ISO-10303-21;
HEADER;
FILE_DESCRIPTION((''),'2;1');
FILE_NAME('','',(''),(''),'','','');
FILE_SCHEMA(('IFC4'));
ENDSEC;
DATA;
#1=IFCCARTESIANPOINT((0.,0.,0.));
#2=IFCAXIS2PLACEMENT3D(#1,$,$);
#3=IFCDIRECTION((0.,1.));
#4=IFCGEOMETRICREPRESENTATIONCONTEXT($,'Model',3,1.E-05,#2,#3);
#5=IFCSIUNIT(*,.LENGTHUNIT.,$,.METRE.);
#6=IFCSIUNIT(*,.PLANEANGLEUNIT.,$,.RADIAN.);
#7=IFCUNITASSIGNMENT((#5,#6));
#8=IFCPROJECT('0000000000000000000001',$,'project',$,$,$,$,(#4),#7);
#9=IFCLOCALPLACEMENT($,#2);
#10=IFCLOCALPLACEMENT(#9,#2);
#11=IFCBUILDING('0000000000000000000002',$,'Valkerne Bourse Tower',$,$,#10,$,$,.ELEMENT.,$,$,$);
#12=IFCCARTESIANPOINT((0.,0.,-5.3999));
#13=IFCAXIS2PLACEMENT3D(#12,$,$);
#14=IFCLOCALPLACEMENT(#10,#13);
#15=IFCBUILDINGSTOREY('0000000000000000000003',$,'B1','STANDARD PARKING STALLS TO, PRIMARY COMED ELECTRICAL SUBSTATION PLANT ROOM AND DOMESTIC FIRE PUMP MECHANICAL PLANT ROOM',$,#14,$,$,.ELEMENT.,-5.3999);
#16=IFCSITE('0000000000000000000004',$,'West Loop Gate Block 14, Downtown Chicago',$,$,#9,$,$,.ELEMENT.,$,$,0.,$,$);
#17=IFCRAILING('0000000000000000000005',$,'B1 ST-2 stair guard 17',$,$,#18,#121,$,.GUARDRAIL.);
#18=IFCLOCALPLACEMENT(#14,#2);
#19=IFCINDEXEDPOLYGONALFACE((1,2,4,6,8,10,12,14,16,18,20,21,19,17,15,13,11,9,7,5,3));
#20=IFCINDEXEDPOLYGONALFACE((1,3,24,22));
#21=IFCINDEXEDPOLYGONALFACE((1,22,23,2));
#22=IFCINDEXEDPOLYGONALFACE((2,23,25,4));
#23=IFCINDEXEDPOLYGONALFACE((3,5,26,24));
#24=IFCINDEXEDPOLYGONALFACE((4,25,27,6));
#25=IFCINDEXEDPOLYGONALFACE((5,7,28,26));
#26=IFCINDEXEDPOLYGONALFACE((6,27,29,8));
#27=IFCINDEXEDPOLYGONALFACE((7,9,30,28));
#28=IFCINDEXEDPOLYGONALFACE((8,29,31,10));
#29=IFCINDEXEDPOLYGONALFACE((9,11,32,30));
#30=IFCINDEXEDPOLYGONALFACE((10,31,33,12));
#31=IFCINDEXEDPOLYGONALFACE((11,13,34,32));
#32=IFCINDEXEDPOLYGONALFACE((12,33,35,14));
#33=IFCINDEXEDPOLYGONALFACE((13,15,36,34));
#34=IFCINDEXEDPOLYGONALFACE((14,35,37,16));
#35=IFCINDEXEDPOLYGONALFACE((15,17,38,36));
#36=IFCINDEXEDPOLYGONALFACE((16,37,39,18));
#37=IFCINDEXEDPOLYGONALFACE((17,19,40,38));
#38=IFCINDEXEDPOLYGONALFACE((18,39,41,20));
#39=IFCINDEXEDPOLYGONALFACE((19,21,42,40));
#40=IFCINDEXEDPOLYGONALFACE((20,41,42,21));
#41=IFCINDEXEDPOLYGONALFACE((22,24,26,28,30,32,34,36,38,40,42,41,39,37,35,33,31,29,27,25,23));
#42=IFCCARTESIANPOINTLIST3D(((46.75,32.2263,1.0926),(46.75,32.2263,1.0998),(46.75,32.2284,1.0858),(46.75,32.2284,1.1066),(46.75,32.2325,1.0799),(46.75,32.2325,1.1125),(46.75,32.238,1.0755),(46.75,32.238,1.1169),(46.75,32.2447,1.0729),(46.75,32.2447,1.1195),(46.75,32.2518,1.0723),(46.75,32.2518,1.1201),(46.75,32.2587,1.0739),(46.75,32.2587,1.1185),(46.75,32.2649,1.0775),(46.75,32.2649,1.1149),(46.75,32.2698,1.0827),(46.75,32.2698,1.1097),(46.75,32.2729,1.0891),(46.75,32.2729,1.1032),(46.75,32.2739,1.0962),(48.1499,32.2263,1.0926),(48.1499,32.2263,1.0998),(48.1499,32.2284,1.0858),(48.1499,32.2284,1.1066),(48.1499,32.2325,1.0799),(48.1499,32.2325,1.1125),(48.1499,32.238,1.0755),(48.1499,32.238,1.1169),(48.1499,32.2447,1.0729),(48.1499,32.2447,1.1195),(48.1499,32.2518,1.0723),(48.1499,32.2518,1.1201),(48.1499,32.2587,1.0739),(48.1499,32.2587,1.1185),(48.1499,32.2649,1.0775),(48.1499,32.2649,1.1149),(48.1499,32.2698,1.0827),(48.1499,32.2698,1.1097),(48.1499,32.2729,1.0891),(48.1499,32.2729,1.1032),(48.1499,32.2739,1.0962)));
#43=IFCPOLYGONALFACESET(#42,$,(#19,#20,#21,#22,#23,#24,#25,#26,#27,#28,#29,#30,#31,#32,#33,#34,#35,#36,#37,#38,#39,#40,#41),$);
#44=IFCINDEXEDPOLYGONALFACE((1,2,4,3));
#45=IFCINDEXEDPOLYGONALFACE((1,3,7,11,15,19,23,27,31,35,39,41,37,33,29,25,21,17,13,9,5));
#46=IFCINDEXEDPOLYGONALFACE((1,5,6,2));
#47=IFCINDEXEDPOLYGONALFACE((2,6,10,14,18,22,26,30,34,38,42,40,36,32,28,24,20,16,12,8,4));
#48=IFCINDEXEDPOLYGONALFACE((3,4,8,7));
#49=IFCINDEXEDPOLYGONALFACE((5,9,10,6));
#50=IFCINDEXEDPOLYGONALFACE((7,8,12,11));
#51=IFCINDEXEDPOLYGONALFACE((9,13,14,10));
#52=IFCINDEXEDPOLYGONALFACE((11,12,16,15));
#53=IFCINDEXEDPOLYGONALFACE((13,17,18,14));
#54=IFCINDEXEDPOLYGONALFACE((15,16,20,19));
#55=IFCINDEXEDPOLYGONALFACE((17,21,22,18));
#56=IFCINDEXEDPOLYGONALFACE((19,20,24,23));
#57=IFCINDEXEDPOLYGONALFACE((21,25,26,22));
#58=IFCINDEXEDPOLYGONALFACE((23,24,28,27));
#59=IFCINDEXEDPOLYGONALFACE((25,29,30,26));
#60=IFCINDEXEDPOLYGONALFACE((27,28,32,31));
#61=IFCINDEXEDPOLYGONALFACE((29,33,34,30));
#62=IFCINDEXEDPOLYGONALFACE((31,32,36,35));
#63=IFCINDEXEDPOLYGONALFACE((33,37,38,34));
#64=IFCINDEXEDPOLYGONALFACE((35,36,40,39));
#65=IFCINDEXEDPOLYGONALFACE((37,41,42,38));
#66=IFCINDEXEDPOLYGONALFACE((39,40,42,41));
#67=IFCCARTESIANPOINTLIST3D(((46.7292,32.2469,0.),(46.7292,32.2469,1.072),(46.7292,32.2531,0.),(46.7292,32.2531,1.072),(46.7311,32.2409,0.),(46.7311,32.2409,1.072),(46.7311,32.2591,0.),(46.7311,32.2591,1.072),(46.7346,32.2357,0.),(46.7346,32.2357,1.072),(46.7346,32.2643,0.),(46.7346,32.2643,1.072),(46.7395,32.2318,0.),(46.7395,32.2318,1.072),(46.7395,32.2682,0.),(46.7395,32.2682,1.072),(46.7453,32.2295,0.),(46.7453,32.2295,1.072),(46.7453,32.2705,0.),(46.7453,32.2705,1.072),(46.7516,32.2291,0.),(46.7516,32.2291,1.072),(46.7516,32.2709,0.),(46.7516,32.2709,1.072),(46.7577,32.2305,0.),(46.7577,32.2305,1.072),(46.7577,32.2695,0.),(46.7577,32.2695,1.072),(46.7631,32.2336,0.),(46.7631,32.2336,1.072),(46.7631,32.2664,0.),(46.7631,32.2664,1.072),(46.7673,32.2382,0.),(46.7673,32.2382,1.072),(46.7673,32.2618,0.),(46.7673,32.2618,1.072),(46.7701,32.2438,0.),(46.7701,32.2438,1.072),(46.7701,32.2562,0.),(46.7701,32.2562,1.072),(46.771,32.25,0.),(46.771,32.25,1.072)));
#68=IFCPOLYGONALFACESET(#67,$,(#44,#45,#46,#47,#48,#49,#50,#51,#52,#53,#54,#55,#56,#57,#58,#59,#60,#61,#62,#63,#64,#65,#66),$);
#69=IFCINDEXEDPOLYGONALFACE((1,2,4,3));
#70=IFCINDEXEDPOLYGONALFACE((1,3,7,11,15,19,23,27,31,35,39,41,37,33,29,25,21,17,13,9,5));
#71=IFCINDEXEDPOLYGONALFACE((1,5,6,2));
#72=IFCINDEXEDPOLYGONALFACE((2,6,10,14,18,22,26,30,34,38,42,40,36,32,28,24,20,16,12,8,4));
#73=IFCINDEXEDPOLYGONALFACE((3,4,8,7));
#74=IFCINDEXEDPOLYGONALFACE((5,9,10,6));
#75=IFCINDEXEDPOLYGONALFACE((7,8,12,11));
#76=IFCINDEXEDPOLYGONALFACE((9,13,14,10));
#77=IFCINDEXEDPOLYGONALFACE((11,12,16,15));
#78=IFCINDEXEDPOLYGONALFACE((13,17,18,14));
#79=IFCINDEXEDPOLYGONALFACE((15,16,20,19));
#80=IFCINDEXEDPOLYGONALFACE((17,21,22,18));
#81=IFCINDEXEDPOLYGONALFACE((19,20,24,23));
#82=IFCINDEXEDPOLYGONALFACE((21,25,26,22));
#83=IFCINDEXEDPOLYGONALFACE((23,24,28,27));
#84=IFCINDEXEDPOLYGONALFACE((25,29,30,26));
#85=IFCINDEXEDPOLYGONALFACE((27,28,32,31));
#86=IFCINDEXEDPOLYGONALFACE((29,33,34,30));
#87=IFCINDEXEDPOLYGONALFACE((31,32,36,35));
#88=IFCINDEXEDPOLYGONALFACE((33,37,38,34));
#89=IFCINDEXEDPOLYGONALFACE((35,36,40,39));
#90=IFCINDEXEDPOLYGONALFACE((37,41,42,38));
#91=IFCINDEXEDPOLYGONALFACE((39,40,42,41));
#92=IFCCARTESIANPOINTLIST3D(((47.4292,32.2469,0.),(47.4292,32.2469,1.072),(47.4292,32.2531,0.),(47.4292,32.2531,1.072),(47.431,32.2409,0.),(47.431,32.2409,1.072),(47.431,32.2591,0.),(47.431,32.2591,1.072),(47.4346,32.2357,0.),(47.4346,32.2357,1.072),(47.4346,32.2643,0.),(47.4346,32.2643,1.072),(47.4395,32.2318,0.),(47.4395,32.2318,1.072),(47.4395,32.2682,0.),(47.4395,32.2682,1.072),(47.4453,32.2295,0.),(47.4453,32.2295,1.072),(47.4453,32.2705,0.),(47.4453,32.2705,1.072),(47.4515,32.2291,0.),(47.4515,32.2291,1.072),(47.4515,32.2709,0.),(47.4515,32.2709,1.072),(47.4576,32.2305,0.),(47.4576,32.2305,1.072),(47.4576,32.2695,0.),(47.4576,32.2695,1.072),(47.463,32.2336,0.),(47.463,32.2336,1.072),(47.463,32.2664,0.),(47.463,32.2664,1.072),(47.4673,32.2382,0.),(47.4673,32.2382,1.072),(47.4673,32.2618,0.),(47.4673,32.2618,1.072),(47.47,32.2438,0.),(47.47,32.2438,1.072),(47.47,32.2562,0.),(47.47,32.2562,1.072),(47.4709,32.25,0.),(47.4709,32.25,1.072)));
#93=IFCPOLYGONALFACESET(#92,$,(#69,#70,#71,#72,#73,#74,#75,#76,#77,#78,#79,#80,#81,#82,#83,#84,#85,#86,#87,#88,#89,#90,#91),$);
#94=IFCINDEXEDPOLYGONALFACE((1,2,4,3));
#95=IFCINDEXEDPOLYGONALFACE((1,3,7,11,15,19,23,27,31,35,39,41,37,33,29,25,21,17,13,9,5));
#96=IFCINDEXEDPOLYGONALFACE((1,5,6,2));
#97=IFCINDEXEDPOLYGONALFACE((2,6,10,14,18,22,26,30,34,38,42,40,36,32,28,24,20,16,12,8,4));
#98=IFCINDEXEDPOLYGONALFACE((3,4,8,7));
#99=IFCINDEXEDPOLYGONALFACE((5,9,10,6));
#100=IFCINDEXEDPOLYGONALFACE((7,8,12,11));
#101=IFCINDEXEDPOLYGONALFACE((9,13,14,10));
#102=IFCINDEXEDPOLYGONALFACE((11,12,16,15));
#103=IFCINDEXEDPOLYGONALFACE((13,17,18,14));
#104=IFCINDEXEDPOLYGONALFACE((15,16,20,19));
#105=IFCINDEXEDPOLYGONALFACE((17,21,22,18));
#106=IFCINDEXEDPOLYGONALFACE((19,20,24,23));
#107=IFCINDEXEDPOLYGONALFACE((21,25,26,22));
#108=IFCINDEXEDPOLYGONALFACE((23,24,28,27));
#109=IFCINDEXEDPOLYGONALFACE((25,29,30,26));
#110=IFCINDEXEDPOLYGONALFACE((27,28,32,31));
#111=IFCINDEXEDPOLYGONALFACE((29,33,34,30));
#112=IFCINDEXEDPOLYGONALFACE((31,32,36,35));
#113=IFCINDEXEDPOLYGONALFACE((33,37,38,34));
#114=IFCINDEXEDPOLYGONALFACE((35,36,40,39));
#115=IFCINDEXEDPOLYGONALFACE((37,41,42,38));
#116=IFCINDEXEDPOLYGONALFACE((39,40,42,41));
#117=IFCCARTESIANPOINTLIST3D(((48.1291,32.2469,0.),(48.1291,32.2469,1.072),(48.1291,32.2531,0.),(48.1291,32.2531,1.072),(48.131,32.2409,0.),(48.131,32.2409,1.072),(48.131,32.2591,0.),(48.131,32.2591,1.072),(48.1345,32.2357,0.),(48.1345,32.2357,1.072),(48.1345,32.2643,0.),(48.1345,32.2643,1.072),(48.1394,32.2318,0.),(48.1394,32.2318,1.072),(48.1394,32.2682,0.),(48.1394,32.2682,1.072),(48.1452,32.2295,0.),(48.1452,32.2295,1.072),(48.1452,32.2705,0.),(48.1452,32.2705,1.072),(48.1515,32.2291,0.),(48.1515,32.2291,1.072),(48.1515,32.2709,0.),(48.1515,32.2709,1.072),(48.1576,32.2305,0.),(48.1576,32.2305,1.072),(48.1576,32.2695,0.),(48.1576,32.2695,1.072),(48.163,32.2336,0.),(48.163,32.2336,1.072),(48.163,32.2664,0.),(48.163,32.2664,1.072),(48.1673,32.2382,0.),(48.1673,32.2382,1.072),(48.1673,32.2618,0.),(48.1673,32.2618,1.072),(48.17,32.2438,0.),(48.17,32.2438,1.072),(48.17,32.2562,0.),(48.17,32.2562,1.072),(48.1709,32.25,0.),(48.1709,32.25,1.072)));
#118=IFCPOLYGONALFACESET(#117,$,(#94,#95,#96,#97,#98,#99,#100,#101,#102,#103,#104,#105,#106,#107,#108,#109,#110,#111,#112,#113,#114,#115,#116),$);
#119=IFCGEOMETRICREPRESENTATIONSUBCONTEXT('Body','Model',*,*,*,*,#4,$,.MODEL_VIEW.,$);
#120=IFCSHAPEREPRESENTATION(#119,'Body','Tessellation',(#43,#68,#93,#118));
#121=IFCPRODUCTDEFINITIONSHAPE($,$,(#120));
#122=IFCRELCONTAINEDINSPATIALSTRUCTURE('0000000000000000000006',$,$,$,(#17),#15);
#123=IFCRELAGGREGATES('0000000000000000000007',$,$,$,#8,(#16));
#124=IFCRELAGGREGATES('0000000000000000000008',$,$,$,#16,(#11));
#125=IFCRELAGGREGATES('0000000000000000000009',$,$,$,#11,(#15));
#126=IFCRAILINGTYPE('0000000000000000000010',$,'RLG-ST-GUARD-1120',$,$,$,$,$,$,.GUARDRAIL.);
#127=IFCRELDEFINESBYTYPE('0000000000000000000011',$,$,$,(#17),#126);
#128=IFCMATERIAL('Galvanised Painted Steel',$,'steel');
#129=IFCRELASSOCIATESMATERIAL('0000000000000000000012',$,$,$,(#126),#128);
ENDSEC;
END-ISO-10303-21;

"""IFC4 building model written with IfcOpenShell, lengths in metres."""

from ifc_helpers import new_model, si_unit, direction, frame, origin, origin_2d, place, context, subcontext, project, spatial, circle, extrude, material, type_object, element, save


model = new_model("IFC4")

# Units and contexts
model_context = context("Model", 3, precision=1e-05, world=origin(), true_north=direction((0.0, 1.0)))
body_context = subcontext(model_context, "Body", "Model", "MODEL_VIEW")
ifc_project = project(units=[si_unit("LENGTHUNIT", "METRE"), si_unit("PLANEANGLEUNIT", "RADIAN")], contexts=[model_context])

# Site, building, storey
site_placement = place(None, origin())
site = spatial("IfcSite", under=ifc_project, at=site_placement, Name="West Loop Gate Block 14, Downtown Chicago", CompositionType="ELEMENT", RefElevation=0.0)
building_placement = place(site_placement, origin())
building = spatial("IfcBuilding", under=site, at=building_placement, Name="Valkerne Bourse Tower", CompositionType="ELEMENT")
storey_placement = place(building_placement, frame((0.0, 0.0, -5.3999)))
storey = spatial("IfcBuildingStorey", under=building, at=storey_placement, Name="B1", Description="STANDARD PARKING STALLS TO, PRIMARY COMED ELECTRICAL SUBSTATION PLANT ROOM AND DOMESTIC FIRE PUMP MECHANICAL PLANT ROOM", CompositionType="ELEMENT", Elevation=-5.3999)

# Shared definitions
ifc_material_1 = material(Name="Galvanised Painted Steel", Category="steel")

# Railing
railing_type_1 = type_object("IfcRailingType", Name="RLG-ST-GUARD-1120", PredefinedType="GUARDRAIL", material=ifc_material_1)
railing_1_placement = place(storey_placement, frame((46.75, 32.25, 0.0)))
element("IfcRailing", 1, at=railing_1_placement, inside=storey, type_object=railing_type_1, Name="B1 ST-2 stair guard 17", PredefinedType="GUARDRAIL", context=body_context, shape_type="SweptSolid", body=[
    extrude(circle(Radius=0.0239, at=origin_2d()), frame((0.0, 0.0, 1.0962), z_axis=(1.0, 0.0, 0.0), x_axis=(0.0, 1.0, 0.0)), (0.0, 0.0, 1.0), 1.3999),
    extrude(circle(Radius=0.021, at=origin_2d()), origin(), (0.0, 0.0, 1.0), 1.072),
    extrude(circle(Radius=0.021, at=origin_2d()), frame((0.7, 0.0, 0.0)), (0.0, 0.0, 1.0), 1.072),
    extrude(circle(Radius=0.021, at=origin_2d()), frame((1.3999, 0.0, 0.0)), (0.0, 0.0, 1.0), 1.072),
])

save(model, "model.ifc")
